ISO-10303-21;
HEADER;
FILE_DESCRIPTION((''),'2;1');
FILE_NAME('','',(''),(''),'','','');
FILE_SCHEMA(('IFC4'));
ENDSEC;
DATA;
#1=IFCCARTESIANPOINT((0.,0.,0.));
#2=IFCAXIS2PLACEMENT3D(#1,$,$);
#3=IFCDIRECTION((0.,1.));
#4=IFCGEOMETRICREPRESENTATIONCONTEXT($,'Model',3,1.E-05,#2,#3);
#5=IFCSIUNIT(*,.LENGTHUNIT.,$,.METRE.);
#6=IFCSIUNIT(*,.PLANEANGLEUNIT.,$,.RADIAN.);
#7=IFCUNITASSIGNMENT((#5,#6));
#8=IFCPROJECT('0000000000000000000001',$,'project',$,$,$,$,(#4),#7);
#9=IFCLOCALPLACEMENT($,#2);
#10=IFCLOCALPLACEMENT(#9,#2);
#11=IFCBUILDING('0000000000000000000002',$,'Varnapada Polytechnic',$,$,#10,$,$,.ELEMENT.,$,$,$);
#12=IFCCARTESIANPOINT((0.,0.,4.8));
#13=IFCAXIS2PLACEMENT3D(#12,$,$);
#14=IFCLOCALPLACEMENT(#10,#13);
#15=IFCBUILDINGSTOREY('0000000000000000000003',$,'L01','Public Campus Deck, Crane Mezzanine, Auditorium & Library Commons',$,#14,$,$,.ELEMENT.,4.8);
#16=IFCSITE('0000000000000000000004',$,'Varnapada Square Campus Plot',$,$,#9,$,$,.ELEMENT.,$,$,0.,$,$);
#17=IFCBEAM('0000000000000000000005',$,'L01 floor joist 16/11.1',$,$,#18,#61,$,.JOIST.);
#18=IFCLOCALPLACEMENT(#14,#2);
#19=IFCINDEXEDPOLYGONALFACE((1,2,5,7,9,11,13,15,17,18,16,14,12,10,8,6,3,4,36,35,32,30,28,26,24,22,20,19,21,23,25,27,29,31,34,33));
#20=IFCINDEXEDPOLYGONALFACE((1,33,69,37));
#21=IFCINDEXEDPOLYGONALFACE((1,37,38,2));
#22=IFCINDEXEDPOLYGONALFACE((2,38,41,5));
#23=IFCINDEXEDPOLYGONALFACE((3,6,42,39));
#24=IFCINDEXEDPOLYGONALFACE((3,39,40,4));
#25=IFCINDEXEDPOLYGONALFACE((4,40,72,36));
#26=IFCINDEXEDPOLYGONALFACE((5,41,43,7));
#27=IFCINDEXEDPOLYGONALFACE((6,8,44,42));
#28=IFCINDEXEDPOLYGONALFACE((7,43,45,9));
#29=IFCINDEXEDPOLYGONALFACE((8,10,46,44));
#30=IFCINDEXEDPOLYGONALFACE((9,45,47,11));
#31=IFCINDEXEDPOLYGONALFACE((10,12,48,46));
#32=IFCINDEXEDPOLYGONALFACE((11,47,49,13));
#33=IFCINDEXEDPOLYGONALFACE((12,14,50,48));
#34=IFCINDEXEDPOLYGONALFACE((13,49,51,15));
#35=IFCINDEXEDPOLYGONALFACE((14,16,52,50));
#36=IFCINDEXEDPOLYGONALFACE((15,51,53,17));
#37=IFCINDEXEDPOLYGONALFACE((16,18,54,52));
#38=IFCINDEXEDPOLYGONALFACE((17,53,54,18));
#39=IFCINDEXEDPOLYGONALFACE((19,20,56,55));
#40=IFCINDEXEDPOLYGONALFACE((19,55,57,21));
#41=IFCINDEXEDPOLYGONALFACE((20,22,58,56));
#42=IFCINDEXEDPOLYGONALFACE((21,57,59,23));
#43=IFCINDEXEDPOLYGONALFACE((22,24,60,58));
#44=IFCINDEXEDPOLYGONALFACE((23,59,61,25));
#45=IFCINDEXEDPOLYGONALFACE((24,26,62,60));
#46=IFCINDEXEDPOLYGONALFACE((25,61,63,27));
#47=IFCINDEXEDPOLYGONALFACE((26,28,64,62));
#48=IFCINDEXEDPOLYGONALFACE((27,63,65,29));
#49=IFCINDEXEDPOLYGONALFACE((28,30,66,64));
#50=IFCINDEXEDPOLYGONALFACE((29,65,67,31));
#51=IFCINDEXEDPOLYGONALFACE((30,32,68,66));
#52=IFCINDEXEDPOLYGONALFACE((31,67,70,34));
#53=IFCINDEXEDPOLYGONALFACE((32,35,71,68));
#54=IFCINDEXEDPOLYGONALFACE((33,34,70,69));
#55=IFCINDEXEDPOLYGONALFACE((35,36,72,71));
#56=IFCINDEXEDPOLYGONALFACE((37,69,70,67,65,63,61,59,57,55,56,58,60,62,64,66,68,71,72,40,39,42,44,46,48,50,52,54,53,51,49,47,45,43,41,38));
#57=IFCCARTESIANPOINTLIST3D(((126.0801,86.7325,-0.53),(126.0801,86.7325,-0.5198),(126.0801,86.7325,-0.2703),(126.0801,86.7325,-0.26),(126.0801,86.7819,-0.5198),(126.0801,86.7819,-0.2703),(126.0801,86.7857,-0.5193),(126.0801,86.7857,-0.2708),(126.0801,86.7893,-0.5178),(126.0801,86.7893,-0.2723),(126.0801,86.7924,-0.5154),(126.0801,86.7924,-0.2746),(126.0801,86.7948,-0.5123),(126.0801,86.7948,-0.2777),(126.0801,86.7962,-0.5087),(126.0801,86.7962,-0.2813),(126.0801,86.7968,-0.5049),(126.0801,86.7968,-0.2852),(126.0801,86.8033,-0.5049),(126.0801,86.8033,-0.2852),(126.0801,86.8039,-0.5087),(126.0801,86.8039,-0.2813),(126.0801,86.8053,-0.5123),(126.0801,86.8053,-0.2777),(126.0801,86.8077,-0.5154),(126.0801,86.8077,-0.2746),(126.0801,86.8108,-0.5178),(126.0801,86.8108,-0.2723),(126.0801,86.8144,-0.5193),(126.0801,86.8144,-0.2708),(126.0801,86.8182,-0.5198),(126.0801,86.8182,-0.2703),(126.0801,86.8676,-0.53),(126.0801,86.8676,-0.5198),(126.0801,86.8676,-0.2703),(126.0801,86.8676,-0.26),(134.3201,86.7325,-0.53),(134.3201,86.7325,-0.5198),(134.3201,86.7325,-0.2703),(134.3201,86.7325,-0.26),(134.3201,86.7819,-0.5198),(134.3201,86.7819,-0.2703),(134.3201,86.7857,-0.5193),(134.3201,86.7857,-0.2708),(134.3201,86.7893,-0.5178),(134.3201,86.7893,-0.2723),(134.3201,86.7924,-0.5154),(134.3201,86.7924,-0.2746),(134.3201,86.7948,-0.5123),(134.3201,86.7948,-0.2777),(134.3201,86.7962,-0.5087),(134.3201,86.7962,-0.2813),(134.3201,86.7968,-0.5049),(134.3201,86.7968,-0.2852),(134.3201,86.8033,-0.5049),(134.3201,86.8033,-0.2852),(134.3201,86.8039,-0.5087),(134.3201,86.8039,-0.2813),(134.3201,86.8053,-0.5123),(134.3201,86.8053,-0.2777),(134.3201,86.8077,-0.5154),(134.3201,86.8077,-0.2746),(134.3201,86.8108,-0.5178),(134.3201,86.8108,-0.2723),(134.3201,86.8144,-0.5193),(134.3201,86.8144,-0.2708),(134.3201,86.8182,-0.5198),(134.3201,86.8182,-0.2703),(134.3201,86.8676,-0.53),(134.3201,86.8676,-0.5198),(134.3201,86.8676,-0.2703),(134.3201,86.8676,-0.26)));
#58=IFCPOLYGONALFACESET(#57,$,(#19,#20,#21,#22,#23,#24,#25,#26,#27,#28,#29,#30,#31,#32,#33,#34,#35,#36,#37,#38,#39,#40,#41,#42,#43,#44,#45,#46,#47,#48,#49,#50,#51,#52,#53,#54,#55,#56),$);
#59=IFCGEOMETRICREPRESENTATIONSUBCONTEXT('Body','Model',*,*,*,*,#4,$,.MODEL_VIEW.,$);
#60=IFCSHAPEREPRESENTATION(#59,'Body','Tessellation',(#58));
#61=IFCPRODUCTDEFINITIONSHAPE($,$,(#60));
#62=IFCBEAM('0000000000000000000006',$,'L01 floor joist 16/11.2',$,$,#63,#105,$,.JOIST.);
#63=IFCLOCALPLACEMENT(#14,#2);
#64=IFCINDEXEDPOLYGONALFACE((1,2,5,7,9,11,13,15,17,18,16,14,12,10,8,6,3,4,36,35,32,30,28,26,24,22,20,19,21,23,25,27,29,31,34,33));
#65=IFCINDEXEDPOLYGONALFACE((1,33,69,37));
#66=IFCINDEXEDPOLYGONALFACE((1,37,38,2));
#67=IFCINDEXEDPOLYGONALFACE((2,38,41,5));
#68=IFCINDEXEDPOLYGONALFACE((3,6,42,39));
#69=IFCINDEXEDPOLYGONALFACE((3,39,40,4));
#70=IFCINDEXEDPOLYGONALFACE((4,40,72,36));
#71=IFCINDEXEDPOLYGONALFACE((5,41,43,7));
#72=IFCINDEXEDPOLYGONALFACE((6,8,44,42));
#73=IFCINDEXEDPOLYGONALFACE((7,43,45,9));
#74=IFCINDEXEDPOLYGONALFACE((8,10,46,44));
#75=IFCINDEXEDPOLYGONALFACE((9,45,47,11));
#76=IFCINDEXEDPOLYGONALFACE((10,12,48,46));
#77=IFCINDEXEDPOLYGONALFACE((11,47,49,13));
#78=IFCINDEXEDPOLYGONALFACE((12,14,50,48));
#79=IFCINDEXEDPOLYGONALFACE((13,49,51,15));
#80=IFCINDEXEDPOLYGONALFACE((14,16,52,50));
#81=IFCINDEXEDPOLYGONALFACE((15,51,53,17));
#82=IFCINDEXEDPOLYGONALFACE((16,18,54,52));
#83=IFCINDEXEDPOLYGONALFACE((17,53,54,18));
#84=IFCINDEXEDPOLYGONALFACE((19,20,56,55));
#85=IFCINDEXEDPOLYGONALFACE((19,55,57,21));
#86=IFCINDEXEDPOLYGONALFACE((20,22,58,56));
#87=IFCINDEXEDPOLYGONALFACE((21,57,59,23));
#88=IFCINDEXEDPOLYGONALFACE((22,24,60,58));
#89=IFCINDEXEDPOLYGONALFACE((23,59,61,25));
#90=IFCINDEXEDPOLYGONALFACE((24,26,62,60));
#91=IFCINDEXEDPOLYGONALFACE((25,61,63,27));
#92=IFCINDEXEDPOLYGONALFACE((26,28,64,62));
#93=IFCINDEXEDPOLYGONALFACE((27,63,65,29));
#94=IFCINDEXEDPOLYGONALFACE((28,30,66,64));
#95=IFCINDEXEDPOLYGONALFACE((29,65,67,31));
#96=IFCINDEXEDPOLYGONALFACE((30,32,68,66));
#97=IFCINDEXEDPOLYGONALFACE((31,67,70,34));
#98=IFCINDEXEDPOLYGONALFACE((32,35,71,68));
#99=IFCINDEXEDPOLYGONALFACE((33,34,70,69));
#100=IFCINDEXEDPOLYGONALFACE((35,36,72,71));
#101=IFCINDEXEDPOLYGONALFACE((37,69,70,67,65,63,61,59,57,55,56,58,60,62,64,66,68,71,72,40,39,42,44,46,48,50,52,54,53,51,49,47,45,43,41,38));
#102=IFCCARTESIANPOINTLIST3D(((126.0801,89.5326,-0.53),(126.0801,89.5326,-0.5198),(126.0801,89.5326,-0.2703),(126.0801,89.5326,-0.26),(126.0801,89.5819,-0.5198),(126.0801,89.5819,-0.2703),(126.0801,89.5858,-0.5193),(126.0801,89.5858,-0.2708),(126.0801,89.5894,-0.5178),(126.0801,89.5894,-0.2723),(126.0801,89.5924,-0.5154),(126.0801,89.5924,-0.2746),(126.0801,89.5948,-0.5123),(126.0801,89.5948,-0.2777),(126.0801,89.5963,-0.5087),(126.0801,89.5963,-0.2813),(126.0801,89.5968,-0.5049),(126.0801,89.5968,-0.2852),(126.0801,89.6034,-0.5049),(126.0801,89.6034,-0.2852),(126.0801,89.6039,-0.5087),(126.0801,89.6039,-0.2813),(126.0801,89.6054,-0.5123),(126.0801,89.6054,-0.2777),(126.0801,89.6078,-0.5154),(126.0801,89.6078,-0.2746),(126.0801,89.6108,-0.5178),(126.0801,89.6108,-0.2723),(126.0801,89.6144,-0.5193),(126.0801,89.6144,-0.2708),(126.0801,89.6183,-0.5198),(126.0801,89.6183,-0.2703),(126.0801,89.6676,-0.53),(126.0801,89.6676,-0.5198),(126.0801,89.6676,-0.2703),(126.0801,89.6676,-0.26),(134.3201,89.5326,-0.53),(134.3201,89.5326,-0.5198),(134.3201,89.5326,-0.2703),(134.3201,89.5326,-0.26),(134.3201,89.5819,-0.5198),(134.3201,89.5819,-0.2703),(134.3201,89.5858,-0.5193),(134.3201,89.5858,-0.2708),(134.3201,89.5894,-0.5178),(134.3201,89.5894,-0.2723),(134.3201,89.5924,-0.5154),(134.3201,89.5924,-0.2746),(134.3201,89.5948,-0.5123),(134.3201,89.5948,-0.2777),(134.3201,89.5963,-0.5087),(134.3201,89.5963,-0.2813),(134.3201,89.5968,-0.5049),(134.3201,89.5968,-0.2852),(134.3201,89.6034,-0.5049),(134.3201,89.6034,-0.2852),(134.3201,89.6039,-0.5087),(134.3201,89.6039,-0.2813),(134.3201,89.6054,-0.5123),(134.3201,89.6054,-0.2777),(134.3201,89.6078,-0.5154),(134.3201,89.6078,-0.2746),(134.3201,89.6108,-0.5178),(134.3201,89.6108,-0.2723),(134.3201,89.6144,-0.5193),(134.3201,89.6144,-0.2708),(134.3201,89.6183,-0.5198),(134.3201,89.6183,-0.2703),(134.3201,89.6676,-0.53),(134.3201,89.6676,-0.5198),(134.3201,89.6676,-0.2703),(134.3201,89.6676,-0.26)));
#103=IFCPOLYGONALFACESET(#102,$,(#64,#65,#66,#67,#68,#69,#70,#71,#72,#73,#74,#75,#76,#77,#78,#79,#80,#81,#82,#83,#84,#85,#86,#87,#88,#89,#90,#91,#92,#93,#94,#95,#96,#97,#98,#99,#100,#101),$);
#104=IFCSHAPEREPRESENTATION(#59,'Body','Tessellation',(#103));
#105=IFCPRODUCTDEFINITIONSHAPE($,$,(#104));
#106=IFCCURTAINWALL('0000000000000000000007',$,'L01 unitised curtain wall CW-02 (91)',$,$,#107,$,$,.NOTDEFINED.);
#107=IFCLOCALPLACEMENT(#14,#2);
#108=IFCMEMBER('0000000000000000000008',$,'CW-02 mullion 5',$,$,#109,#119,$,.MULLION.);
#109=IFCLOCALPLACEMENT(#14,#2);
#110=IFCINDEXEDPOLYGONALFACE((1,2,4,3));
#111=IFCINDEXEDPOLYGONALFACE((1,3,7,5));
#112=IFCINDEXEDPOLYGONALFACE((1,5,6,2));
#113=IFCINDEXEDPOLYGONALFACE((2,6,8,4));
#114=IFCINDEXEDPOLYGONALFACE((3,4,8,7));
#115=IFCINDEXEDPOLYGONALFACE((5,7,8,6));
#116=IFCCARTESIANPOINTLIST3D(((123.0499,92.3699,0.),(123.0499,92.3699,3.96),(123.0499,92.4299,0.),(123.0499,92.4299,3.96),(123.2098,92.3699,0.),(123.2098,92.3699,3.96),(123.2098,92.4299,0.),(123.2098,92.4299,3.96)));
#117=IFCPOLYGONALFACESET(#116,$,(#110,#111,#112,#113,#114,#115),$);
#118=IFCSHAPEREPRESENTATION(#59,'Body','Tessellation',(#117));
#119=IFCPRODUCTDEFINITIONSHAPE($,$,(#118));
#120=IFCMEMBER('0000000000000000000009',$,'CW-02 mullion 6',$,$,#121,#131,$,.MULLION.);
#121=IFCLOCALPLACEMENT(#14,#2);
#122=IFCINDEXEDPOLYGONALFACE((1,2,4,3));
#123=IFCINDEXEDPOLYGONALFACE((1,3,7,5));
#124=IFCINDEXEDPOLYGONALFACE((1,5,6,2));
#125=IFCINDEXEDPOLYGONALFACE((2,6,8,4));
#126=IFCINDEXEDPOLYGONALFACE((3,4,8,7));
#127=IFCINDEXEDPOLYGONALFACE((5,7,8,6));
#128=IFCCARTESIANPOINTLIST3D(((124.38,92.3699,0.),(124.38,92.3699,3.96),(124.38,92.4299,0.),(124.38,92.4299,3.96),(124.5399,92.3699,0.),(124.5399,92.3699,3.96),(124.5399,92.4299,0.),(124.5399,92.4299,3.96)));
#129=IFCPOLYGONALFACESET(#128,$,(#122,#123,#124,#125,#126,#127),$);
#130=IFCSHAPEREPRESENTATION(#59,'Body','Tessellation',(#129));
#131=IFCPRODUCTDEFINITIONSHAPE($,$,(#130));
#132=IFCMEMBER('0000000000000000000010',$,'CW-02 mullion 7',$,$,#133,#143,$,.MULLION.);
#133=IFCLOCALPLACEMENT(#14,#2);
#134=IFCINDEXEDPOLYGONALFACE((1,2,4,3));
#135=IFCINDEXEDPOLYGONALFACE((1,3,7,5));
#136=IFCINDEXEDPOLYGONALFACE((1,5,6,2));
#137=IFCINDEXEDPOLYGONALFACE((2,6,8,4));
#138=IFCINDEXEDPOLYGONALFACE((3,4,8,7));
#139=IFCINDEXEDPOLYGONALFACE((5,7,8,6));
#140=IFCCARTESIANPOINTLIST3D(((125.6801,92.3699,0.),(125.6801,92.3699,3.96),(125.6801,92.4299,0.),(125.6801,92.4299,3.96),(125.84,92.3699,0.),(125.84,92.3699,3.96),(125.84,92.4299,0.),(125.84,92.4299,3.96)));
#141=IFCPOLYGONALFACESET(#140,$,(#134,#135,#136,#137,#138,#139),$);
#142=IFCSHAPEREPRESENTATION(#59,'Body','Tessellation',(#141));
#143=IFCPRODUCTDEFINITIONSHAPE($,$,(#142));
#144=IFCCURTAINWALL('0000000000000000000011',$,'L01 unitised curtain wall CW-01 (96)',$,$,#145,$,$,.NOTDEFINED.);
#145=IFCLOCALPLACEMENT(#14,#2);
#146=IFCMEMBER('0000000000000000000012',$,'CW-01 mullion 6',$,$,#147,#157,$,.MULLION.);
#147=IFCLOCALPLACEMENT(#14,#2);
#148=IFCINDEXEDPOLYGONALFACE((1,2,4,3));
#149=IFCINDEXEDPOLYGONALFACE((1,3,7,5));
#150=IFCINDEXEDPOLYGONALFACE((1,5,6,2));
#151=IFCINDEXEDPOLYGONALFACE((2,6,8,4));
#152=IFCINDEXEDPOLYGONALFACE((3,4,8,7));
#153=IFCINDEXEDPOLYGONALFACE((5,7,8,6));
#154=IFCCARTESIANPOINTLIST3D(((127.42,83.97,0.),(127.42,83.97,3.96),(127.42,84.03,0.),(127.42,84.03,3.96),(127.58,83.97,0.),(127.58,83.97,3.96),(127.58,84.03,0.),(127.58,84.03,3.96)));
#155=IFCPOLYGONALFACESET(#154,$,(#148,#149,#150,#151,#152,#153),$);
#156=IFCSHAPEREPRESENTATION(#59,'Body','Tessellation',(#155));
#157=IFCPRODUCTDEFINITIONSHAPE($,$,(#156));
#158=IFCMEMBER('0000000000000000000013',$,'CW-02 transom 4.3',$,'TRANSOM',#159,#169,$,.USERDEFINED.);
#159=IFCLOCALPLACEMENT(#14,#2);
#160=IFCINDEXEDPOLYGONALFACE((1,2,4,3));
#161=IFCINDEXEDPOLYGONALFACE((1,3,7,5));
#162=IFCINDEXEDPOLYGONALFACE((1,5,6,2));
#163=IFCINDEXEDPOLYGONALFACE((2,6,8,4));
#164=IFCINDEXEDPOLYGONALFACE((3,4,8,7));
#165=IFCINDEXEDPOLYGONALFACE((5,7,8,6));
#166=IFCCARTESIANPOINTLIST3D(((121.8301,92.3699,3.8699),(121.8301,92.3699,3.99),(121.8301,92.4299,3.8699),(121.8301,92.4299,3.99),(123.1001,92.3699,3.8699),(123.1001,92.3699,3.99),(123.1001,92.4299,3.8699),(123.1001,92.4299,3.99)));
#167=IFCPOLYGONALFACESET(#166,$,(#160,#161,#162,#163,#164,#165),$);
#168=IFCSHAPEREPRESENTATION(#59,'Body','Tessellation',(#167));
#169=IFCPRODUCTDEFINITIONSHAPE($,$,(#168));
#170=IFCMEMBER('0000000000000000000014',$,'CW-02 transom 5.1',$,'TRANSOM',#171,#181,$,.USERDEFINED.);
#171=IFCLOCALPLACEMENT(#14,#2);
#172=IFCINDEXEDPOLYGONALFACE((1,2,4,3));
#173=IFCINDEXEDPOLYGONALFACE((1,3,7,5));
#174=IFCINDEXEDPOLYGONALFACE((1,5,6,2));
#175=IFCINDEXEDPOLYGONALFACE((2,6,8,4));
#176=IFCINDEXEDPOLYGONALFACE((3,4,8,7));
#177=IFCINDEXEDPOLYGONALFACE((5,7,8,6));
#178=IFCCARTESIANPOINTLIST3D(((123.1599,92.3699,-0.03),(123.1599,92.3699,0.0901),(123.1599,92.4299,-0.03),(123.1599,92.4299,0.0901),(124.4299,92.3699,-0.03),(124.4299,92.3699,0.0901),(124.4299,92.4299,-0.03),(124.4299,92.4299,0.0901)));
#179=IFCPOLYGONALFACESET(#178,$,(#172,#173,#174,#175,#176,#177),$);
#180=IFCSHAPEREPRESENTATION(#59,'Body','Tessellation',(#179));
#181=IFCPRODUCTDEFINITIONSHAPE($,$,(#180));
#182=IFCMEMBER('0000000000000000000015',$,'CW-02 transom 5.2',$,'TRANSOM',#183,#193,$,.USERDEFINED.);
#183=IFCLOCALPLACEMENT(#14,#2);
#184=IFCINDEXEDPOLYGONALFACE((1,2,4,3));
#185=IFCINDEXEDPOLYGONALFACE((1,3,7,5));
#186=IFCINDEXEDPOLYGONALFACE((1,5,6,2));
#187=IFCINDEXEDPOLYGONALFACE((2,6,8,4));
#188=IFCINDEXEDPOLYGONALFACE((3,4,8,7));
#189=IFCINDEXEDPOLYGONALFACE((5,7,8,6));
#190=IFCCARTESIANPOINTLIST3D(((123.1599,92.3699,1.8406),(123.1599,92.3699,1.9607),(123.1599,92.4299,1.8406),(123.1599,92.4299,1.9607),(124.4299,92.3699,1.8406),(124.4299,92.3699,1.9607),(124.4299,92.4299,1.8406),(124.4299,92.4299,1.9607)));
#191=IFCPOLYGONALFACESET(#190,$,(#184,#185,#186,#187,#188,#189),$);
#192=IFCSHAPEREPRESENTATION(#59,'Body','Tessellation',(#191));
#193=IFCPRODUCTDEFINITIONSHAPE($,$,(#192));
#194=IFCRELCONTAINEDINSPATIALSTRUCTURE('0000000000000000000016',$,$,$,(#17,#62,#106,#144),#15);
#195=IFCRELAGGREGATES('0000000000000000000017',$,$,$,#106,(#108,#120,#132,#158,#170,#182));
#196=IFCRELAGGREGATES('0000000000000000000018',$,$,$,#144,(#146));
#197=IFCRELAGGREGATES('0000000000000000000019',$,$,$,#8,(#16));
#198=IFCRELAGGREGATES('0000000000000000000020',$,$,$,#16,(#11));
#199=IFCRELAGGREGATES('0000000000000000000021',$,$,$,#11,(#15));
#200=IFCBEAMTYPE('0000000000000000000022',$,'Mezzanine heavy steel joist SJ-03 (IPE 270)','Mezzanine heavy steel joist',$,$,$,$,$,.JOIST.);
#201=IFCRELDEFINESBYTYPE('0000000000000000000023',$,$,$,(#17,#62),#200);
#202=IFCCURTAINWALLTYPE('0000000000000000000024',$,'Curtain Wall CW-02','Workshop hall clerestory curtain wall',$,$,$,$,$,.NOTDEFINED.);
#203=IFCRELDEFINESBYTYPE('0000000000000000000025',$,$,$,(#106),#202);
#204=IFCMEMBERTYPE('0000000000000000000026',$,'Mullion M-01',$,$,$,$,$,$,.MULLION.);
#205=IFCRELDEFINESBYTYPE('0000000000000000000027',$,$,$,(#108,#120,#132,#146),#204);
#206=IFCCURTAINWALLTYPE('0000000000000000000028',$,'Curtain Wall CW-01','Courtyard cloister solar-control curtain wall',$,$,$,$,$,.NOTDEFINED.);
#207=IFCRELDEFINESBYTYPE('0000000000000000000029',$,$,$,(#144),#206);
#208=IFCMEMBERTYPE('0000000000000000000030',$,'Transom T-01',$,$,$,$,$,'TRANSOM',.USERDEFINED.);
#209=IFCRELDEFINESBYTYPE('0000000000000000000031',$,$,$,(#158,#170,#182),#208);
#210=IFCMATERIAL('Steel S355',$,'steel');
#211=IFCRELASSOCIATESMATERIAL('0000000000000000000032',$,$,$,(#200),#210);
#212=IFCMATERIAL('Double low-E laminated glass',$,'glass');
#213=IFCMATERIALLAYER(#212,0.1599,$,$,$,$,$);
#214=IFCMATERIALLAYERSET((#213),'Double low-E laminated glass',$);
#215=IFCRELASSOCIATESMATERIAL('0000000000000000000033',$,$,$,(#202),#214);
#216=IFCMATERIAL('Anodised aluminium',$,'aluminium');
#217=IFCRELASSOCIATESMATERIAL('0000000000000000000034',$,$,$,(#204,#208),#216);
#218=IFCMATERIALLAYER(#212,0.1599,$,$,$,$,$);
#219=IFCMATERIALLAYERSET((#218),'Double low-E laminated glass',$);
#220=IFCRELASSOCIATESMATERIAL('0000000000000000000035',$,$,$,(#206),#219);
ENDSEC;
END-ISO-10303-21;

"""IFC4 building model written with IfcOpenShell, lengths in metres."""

from ifc_helpers import new_model, si_unit, direction, frame, origin, origin_2d, place, context, subcontext, project, spatial, rectangle, i_section, extrude, material, layer, layer_set, material_profile, profile_set, type_object, element, aggregate, save


model = new_model("IFC4")

# Units and contexts
model_context = context("Model", 3, precision=1e-05, world=origin(), true_north=direction((0.0, 1.0)))
body_context = subcontext(model_context, "Body", "Model", "MODEL_VIEW")
ifc_project = project(units=[si_unit("LENGTHUNIT", "METRE"), si_unit("PLANEANGLEUNIT", "RADIAN")], contexts=[model_context])

# Site, building, storey
site_placement = place(None, origin())
site = spatial("IfcSite", under=ifc_project, at=site_placement, Name="Varnapada Square Campus Plot", CompositionType="ELEMENT", RefElevation=0.0)
building_placement = place(site_placement, origin())
building = spatial("IfcBuilding", under=site, at=building_placement, Name="Varnapada Polytechnic", CompositionType="ELEMENT")
storey_placement = place(building_placement, frame((0.0, 0.0, 4.8)))
storey = spatial("IfcBuildingStorey", under=building, at=storey_placement, Name="L01", Description="Public Campus Deck, Crane Mezzanine, Auditorium & Library Commons", CompositionType="ELEMENT", Elevation=4.8)

# Beams
ifc_material_1 = material(Name="Steel S355", Category="steel")
ifc_material_profile_1 = material_profile(ifc_material_1, i_section(OverallWidth=0.135, OverallDepth=0.27, WebThickness=0.0066, FlangeThickness=0.0103, FilletRadius=0.0149, at=origin_2d()), Name="IPE 270")
ifc_profile_set_1 = profile_set([ifc_material_profile_1], Name="Steel S355")
beam_type = type_object("IfcBeamType", Name="Mezzanine heavy steel joist SJ-03 (IPE 270)", Description="Mezzanine heavy steel joist", PredefinedType="JOIST", material=ifc_profile_set_1)
for number, where, z_axis, x_axis, name in (
    (1, (126.0801, 86.8, -0.395), (1.0, 0.0, 0.0), (0.0, 1.0, 0.0), "L01 floor joist 16/11.1"),
    (2, (126.0801, 89.6001, -0.395), (1.0, 0.0, 0.0), (0.0, 1.0, 0.0), "L01 floor joist 16/11.2"),
):
    element("IfcBeam", number, at=place(storey_placement, frame(where, z_axis=z_axis, x_axis=x_axis)), inside=storey, type_object=beam_type, Name=name, PredefinedType="JOIST", context=body_context, shape_type="SweptSolid", body=[
        extrude(i_section(OverallWidth=0.135, OverallDepth=0.27, WebThickness=0.0066, FlangeThickness=0.0103, FilletRadius=0.0149, at=origin_2d()), origin(), (0.0, 0.0, 1.0), 8.24),
    ])

# Curtain wall, members
ifc_material_2 = material(Name="Double low-E laminated glass", Category="glass")
ifc_layer_1 = layer(ifc_material_2, 0.1599)
ifc_layer_set_1 = layer_set([ifc_layer_1], Name="Double low-E laminated glass")
curtain_wall_type_1 = type_object("IfcCurtainWallType", Name="Curtain Wall CW-02", Description="Workshop hall clerestory curtain wall", PredefinedType="NOTDEFINED", material=ifc_layer_set_1)
curtain_wall_1_placement = place(storey_placement, origin())
curtain_wall_1 = element("IfcCurtainWall", 3, at=curtain_wall_1_placement, inside=storey, type_object=curtain_wall_type_1, Name="L01 unitised curtain wall CW-02 (91)", PredefinedType="NOTDEFINED")
ifc_material_3 = material(Name="Anodised aluminium", Category="aluminium")
ifc_material_profile_2 = material_profile(ifc_material_3, rectangle(XDim=0.0601, YDim=0.1599, at=origin_2d()), Name="ALU M60x160")
ifc_profile_set_2 = profile_set([ifc_material_profile_2], Name="Anodised aluminium")
member_type_1 = type_object("IfcMemberType", Name="Mullion M-01", PredefinedType="MULLION", material=ifc_profile_set_2)
member_1_placement = place(storey_placement, frame((123.1299, 92.3999, 0.0), z_axis=(0.0, 0.0, 1.0), x_axis=(0.0, 1.0, 0.0)))
member_1 = element("IfcMember", 4, at=member_1_placement, type_object=member_type_1, Name="CW-02 mullion 5", PredefinedType="MULLION", context=body_context, shape_type="SweptSolid", body=[
    extrude(rectangle(XDim=0.0601, YDim=0.1599, at=origin_2d()), origin(), (0.0, 0.0, 1.0), 3.96),
])
member_2_placement = place(storey_placement, frame((124.46, 92.3999, 0.0), z_axis=(0.0, 0.0, 1.0), x_axis=(0.0, 1.0, 0.0)))
member_2 = element("IfcMember", 5, at=member_2_placement, type_object=member_type_1, Name="CW-02 mullion 6", PredefinedType="MULLION", context=body_context, shape_type="SweptSolid", body=[
    extrude(rectangle(XDim=0.0601, YDim=0.1599, at=origin_2d()), origin(), (0.0, 0.0, 1.0), 3.96),
])
member_3_placement = place(storey_placement, frame((125.76, 92.3999, 0.0), z_axis=(0.0, 0.0, 1.0), x_axis=(0.0, 1.0, 0.0)))
member_3 = element("IfcMember", 6, at=member_3_placement, type_object=member_type_1, Name="CW-02 mullion 7", PredefinedType="MULLION", context=body_context, shape_type="SweptSolid", body=[
    extrude(rectangle(XDim=0.0601, YDim=0.1599, at=origin_2d()), origin(), (0.0, 0.0, 1.0), 3.96),
])

# Curtain wall, member
ifc_layer_2 = layer(ifc_material_2, 0.1599)
ifc_layer_set_2 = layer_set([ifc_layer_2], Name="Double low-E laminated glass")
curtain_wall_type_2 = type_object("IfcCurtainWallType", Name="Curtain Wall CW-01", Description="Courtyard cloister solar-control curtain wall", PredefinedType="NOTDEFINED", material=ifc_layer_set_2)
curtain_wall_2_placement = place(storey_placement, origin())
curtain_wall_2 = element("IfcCurtainWall", 7, at=curtain_wall_2_placement, inside=storey, type_object=curtain_wall_type_2, Name="L01 unitised curtain wall CW-01 (96)", PredefinedType="NOTDEFINED")
member_4_placement = place(storey_placement, frame((127.5, 84.0, 0.0), z_axis=(0.0, 0.0, 1.0), x_axis=(0.0, -1.0, 0.0)))
member_4 = element("IfcMember", 8, at=member_4_placement, type_object=member_type_1, Name="CW-01 mullion 6", PredefinedType="MULLION", context=body_context, shape_type="SweptSolid", body=[
    extrude(rectangle(XDim=0.0601, YDim=0.1599, at=origin_2d()), origin(), (0.0, 0.0, 1.0), 3.96),
])

# Members
ifc_material_profile_3 = material_profile(ifc_material_3, rectangle(XDim=0.0601, YDim=0.1201, at=origin_2d()), Name="ALU T60x120")
ifc_profile_set_3 = profile_set([ifc_material_profile_3], Name="Anodised aluminium")
member_type_2 = type_object("IfcMemberType", Name="Transom T-01", ElementType="TRANSOM", PredefinedType="USERDEFINED", material=ifc_profile_set_3)
member_5_placement = place(storey_placement, frame((121.8301, 92.3999, 3.9299), z_axis=(1.0, 0.0, 0.0), x_axis=(0.0, 1.0, 0.0)))
member_5 = element("IfcMember", 9, at=member_5_placement, type_object=member_type_2, Name="CW-02 transom 4.3", ObjectType="TRANSOM", PredefinedType="USERDEFINED", context=body_context, shape_type="SweptSolid", body=[
    extrude(rectangle(XDim=0.0601, YDim=0.1201, at=origin_2d()), origin(), (0.0, 0.0, 1.0), 1.27),
])
member_6_placement = place(storey_placement, frame((123.1599, 92.3999, 0.03), z_axis=(1.0, 0.0, 0.0), x_axis=(0.0, 1.0, 0.0)))
member_6 = element("IfcMember", 10, at=member_6_placement, type_object=member_type_2, Name="CW-02 transom 5.1", ObjectType="TRANSOM", PredefinedType="USERDEFINED", context=body_context, shape_type="SweptSolid", body=[
    extrude(rectangle(XDim=0.0601, YDim=0.1201, at=origin_2d()), origin(), (0.0, 0.0, 1.0), 1.27),
])
member_7_placement = place(storey_placement, frame((123.1599, 92.3999, 1.9006), z_axis=(1.0, 0.0, 0.0), x_axis=(0.0, 1.0, 0.0)))
member_7 = element("IfcMember", 11, at=member_7_placement, type_object=member_type_2, Name="CW-02 transom 5.2", ObjectType="TRANSOM", PredefinedType="USERDEFINED", context=body_context, shape_type="SweptSolid", body=[
    extrude(rectangle(XDim=0.0601, YDim=0.1201, at=origin_2d()), origin(), (0.0, 0.0, 1.0), 1.27),
])

aggregate(curtain_wall_1, [member_1, member_2, member_3, member_5, member_6, member_7])
aggregate(curtain_wall_2, [member_4])

save(model, "model.ifc")
